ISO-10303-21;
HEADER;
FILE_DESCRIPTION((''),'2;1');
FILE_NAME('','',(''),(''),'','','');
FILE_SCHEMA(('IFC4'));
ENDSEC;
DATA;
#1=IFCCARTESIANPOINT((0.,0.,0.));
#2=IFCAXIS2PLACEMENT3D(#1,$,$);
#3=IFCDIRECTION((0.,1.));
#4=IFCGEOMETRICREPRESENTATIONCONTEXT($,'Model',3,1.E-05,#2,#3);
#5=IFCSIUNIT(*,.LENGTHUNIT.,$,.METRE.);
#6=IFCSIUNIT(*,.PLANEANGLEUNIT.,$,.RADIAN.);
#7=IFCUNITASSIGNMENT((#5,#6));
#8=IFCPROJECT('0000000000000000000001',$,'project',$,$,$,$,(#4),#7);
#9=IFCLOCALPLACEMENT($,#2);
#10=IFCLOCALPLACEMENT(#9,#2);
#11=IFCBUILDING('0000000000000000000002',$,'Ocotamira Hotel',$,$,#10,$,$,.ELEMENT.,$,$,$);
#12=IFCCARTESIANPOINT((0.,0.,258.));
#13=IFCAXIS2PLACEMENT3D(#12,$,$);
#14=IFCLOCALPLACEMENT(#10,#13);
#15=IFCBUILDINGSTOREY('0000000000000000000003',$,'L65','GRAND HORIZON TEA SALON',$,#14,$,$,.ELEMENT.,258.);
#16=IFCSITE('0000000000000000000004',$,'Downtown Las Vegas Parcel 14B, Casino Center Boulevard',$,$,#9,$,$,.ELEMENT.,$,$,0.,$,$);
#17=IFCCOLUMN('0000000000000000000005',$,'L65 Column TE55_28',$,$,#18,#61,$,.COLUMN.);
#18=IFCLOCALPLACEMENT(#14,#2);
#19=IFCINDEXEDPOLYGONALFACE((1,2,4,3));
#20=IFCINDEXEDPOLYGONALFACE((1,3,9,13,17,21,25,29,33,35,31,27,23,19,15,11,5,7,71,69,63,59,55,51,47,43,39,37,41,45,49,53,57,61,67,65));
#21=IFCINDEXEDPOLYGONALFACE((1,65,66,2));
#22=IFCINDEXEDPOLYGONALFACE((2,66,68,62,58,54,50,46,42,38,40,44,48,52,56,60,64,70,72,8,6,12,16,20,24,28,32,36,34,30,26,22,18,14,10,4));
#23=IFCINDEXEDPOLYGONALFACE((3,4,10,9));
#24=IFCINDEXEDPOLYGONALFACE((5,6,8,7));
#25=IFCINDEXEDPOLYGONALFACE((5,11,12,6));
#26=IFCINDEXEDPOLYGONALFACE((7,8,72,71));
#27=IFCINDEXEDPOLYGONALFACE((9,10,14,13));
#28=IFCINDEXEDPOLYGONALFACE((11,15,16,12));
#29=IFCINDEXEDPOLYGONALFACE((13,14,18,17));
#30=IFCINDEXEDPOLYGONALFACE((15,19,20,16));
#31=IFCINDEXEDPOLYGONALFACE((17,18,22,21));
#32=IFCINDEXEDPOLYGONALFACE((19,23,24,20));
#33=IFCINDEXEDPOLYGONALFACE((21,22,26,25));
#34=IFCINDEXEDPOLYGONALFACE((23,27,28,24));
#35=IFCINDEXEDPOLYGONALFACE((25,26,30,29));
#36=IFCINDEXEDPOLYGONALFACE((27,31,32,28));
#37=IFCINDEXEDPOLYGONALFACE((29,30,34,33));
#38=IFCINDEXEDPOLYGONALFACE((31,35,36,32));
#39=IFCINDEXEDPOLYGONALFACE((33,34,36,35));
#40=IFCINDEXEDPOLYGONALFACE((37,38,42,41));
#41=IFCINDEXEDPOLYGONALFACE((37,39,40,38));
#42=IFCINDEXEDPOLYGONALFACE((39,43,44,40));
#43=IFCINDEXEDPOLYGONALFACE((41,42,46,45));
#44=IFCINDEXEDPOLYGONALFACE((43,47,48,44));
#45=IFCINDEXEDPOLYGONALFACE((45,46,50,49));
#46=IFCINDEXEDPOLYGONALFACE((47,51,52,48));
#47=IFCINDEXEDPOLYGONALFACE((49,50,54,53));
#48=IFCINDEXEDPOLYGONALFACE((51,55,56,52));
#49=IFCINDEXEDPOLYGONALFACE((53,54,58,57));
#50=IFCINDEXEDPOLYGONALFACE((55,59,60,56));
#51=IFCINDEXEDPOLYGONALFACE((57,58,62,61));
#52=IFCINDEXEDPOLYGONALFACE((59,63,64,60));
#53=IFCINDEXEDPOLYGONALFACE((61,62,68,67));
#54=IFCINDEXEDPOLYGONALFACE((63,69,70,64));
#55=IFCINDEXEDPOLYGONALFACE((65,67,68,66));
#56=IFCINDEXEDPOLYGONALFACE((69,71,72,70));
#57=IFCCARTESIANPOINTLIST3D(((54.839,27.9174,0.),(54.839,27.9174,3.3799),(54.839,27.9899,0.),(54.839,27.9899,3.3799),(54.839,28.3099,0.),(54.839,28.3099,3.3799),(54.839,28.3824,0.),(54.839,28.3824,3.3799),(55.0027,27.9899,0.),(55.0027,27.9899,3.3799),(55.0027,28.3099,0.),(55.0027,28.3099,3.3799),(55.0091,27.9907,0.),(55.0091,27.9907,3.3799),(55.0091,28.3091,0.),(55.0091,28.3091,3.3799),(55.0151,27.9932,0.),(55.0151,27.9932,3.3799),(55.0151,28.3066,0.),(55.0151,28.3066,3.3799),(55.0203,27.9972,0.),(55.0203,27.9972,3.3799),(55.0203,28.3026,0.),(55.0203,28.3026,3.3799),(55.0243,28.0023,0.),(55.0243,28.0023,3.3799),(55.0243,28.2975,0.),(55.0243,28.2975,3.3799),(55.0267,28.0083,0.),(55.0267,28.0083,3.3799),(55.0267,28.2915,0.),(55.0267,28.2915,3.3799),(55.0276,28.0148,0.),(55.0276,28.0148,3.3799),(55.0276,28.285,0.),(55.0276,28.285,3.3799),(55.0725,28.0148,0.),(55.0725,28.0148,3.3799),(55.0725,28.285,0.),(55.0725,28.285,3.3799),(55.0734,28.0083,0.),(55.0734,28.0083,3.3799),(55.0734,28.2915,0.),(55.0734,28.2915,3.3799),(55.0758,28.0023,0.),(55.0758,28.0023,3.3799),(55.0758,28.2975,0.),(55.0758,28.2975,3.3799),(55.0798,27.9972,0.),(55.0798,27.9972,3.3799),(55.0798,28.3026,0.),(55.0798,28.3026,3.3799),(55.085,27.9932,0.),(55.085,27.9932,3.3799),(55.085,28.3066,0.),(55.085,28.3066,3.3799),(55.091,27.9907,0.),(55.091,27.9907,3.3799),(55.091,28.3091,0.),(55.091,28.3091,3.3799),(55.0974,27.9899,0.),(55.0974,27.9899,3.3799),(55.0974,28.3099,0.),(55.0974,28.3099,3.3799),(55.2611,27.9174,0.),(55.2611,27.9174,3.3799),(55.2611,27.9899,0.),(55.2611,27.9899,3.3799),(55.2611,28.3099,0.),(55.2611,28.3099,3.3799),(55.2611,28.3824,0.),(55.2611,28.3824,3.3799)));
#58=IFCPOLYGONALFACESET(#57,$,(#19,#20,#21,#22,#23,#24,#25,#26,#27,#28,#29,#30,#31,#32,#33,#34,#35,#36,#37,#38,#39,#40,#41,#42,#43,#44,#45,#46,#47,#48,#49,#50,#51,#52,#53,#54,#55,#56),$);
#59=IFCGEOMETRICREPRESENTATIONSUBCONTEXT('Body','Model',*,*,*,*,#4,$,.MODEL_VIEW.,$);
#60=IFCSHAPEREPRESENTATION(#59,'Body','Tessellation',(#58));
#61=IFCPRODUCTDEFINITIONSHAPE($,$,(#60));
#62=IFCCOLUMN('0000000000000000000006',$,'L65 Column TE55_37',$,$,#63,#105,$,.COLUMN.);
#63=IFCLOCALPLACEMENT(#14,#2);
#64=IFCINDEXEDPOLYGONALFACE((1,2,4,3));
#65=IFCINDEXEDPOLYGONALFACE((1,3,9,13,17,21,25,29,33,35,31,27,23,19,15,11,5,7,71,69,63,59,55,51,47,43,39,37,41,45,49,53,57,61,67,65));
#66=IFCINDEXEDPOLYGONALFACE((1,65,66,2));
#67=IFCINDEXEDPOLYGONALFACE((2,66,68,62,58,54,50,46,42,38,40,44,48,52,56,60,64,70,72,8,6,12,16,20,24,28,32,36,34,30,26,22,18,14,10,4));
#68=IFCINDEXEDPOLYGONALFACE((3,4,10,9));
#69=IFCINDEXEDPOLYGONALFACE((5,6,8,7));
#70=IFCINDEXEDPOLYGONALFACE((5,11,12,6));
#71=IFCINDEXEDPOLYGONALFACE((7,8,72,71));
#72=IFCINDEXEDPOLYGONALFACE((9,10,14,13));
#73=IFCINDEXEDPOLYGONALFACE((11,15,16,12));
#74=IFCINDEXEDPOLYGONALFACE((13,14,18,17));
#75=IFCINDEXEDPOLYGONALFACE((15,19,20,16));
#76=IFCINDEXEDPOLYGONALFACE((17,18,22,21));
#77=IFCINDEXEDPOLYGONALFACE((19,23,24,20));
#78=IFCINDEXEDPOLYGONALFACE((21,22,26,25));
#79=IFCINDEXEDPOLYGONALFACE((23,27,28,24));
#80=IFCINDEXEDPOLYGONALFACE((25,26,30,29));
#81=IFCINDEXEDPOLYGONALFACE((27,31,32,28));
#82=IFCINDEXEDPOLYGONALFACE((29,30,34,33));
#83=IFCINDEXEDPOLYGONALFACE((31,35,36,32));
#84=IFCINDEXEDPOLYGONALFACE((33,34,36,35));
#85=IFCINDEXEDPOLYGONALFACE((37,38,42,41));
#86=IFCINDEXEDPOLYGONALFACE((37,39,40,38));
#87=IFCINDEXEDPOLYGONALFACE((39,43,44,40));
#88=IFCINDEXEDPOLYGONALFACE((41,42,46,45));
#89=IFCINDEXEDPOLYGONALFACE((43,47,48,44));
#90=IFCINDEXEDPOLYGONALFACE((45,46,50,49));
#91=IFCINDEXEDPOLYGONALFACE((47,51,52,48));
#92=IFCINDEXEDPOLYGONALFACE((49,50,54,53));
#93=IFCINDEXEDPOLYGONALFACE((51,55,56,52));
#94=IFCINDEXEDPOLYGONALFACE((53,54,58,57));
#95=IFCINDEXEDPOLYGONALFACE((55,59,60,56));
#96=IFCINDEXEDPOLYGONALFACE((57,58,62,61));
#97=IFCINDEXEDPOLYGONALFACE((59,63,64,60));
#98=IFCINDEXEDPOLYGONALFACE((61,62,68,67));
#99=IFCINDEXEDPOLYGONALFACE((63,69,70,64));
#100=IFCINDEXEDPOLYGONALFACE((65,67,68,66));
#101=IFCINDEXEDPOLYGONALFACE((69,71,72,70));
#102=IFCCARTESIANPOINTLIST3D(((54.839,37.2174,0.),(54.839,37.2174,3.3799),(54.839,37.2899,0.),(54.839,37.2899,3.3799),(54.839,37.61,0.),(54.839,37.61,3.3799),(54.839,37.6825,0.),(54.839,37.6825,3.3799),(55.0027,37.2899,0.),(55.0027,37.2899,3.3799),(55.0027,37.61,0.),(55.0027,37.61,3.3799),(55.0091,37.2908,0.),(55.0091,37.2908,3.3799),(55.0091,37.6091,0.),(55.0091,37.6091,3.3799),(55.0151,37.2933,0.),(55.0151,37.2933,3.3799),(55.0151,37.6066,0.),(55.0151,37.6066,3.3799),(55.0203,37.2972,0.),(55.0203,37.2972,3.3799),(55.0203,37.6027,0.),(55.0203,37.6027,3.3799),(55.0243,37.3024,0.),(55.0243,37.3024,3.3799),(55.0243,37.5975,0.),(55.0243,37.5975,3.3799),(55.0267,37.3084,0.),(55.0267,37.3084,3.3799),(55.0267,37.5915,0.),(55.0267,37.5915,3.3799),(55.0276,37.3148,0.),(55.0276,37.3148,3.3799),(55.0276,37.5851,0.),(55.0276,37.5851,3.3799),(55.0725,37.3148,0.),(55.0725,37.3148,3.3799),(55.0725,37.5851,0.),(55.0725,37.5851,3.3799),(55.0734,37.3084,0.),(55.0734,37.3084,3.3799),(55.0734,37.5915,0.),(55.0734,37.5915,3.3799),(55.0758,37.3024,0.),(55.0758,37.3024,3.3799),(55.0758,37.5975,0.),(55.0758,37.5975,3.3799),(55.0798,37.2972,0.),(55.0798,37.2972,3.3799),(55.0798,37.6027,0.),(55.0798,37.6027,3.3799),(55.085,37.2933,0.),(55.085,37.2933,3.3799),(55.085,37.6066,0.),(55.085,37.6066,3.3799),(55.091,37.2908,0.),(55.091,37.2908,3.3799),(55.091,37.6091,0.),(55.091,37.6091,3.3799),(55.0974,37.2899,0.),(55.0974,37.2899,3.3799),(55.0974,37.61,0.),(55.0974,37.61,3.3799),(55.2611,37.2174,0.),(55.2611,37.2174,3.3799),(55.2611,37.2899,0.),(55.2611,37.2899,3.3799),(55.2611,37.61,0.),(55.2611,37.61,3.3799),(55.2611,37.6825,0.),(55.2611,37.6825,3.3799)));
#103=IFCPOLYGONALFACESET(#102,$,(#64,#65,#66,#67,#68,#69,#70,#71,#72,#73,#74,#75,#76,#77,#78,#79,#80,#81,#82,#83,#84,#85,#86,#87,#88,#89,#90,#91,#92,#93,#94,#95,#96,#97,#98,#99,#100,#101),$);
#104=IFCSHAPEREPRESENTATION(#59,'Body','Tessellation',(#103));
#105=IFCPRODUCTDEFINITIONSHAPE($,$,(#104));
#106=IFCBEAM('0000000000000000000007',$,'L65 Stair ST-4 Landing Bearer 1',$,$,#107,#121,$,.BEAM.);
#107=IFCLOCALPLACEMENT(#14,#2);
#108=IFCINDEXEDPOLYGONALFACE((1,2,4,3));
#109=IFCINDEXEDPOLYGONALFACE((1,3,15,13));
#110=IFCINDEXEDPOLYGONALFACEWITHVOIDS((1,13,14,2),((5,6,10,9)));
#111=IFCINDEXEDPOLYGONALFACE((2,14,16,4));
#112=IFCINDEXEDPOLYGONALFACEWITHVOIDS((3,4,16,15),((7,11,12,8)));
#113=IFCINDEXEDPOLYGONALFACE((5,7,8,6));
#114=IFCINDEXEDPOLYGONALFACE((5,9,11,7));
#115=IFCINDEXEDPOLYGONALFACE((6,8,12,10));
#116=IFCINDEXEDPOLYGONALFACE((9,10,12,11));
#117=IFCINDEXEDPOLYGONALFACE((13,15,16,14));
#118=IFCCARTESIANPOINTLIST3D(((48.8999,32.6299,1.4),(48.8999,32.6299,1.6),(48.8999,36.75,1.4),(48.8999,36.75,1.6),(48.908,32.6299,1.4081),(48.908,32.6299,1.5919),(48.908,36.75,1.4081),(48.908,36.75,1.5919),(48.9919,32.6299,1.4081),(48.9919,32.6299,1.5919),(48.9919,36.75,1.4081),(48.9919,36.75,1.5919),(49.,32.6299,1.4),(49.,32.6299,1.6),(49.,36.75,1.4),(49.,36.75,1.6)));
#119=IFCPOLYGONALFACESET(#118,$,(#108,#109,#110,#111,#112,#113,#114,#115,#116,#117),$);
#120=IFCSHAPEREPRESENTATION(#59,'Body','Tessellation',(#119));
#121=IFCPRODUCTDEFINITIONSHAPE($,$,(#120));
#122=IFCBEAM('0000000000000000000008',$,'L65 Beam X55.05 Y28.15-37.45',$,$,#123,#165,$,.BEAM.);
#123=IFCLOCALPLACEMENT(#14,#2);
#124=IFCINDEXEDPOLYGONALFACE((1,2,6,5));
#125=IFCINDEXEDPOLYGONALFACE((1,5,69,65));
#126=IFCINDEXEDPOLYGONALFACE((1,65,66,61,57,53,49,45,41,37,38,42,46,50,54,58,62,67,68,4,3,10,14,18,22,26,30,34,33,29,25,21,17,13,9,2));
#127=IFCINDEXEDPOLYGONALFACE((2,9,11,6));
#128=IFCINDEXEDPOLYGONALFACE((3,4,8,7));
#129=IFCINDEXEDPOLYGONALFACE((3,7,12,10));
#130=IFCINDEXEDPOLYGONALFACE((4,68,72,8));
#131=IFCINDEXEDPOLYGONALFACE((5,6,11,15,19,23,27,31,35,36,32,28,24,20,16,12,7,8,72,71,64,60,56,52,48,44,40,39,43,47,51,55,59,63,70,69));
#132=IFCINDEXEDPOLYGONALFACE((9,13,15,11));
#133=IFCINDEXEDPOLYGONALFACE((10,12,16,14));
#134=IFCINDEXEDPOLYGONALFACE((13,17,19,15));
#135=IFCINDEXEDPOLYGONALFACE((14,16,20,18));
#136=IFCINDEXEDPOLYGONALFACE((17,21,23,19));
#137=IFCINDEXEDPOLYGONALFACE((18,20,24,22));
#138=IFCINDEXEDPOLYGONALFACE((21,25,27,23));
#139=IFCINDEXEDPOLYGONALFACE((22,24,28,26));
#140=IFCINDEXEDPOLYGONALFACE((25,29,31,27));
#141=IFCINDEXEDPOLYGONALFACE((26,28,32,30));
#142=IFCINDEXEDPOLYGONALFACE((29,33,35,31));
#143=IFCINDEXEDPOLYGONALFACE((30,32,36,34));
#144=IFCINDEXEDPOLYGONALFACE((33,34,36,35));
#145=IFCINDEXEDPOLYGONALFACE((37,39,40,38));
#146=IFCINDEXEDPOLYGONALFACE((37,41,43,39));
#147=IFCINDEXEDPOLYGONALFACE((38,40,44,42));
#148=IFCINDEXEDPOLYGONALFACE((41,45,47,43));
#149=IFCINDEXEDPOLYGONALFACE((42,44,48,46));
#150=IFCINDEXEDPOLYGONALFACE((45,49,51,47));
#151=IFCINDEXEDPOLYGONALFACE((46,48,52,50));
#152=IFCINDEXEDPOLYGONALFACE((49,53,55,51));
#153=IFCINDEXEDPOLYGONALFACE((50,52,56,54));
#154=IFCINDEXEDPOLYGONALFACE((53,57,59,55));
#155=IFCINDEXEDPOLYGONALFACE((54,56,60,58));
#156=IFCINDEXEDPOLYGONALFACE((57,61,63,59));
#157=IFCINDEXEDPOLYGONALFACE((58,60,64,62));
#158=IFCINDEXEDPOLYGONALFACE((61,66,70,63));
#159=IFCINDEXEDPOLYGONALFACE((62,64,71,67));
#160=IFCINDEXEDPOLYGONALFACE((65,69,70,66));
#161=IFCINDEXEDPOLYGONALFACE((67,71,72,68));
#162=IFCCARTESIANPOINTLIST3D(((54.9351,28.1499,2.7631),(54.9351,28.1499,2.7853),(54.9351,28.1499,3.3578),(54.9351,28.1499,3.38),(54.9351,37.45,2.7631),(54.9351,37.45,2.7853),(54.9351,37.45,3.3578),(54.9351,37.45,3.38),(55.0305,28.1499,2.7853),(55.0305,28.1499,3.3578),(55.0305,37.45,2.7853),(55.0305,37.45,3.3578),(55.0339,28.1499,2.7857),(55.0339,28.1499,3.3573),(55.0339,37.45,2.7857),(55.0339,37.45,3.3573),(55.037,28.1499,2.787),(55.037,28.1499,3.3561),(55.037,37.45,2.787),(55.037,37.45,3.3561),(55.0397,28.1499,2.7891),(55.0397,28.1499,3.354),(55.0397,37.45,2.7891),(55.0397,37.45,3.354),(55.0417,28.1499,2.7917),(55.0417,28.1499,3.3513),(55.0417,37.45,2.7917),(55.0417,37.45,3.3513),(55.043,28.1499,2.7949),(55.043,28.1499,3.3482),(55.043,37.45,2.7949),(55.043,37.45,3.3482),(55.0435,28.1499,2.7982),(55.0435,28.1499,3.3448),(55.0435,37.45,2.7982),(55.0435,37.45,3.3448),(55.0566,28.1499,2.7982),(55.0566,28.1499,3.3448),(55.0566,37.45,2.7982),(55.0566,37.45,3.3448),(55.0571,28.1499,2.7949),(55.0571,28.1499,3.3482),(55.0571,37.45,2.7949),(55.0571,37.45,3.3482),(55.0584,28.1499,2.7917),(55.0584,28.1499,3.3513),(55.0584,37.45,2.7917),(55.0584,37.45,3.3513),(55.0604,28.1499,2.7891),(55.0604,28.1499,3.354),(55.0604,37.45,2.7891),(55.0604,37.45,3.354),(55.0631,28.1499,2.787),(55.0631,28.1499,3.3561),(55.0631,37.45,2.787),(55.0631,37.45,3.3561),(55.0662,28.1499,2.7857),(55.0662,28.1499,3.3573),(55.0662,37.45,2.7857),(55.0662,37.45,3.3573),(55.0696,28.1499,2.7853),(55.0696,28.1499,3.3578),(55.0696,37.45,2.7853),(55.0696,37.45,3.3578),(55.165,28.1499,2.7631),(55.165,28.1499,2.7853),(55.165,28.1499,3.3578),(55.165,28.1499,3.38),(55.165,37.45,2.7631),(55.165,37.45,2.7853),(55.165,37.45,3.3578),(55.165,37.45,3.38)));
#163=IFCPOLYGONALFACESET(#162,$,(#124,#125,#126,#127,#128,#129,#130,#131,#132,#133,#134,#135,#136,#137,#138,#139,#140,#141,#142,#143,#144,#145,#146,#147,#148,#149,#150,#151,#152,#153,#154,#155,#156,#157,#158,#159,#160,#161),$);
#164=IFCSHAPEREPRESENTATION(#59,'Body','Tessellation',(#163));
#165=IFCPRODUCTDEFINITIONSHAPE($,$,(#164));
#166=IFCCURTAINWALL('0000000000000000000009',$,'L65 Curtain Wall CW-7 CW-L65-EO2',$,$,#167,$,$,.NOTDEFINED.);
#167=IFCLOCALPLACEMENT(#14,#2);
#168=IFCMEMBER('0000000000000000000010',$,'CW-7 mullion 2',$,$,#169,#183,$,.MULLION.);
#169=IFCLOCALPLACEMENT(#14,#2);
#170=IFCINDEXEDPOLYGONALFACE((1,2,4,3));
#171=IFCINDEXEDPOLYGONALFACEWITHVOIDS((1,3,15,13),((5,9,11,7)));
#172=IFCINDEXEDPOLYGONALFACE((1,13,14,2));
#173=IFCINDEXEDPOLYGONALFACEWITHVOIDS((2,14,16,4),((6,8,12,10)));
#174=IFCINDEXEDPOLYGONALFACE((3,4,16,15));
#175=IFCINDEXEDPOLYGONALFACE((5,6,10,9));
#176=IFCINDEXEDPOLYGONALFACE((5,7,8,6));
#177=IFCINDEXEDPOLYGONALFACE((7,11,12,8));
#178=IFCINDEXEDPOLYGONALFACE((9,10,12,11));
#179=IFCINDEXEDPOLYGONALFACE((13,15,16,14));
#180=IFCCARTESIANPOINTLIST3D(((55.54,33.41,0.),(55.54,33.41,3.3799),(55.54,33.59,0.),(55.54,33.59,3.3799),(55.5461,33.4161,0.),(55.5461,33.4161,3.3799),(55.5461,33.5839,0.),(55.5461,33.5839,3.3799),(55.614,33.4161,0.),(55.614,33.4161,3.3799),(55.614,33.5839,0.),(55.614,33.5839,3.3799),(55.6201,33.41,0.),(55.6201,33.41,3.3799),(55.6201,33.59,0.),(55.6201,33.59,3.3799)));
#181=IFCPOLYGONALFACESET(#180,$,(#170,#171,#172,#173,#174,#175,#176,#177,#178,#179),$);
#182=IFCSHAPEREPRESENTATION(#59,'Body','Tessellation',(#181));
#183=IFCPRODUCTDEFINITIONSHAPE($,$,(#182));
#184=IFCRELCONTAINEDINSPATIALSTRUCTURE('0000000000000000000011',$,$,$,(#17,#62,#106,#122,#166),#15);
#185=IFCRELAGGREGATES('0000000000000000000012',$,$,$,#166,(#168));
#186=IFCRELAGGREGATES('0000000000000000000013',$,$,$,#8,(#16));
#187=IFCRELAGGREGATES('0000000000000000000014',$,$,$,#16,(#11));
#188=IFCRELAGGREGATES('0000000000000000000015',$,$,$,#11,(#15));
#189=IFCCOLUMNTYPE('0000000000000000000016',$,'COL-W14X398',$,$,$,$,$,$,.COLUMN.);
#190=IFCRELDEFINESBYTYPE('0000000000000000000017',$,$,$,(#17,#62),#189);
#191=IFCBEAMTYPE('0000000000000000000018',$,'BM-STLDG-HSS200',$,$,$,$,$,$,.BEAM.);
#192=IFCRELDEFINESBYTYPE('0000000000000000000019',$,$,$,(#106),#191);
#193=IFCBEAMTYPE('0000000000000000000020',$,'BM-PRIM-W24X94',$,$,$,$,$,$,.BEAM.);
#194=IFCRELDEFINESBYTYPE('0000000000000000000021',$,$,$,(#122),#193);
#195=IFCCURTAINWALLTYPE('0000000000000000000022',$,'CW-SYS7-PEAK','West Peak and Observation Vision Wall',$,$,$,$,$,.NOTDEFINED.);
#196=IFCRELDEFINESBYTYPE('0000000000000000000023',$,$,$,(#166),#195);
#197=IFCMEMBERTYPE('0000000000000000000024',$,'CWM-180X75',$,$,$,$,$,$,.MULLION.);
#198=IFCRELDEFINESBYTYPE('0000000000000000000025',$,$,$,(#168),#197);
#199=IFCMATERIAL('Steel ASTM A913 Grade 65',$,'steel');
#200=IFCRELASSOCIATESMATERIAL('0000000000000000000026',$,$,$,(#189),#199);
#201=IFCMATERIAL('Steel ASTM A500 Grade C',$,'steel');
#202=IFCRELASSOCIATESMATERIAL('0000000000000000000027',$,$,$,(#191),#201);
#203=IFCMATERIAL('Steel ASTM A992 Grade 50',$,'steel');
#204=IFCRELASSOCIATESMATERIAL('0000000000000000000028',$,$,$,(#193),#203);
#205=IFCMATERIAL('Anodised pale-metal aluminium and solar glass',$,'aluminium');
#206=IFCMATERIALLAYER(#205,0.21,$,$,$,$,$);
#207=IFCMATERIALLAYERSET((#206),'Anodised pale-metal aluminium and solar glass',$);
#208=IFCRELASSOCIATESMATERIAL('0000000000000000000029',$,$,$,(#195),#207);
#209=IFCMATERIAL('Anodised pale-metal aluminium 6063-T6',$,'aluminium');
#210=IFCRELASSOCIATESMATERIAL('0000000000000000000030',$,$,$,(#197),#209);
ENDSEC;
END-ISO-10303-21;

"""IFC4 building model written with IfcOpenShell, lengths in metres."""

from ifc_helpers import new_model, si_unit, direction, frame, origin, origin_2d, place, context, subcontext, project, spatial, hollow_rectangle, i_section, extrude, source, transform, mapped, material, layer, layer_set, material_profile, profile_set, type_object, element, aggregate, save


model = new_model("IFC4")

# Units and contexts
model_context = context("Model", 3, precision=1e-05, world=origin(), true_north=direction((0.0, 1.0)))
body_context = subcontext(model_context, "Body", "Model", "MODEL_VIEW")
ifc_project = project(units=[si_unit("LENGTHUNIT", "METRE"), si_unit("PLANEANGLEUNIT", "RADIAN")], contexts=[model_context])

# Site, building, storey
site_placement = place(None, origin())
site = spatial("IfcSite", under=ifc_project, at=site_placement, Name="Downtown Las Vegas Parcel 14B, Casino Center Boulevard", CompositionType="ELEMENT", RefElevation=0.0)
building_placement = place(site_placement, origin())
building = spatial("IfcBuilding", under=site, at=building_placement, Name="Ocotamira Hotel", CompositionType="ELEMENT")
storey_placement = place(building_placement, frame((0.0, 0.0, 258.0)))
storey = spatial("IfcBuildingStorey", under=building, at=storey_placement, Name="L65", Description="GRAND HORIZON TEA SALON", CompositionType="ELEMENT", Elevation=258.0)

# Columns
ifc_material_1 = material(Name="Steel ASTM A913 Grade 65", Category="steel")
ifc_material_profile_1 = material_profile(ifc_material_1, i_section(OverallWidth=0.4221, OverallDepth=0.4651, WebThickness=0.0449, FlangeThickness=0.0725, FilletRadius=0.0249, at=origin_2d()), Name="W14X398")
ifc_profile_set_1 = profile_set([ifc_material_profile_1], Name="Steel ASTM A913 Grade 65")
column_type = type_object("IfcColumnType", Name="COL-W14X398", PredefinedType="COLUMN", material=ifc_profile_set_1)
shared_shape_1 = source(origin(), body_context, "Body", "SweptSolid", [
    extrude(i_section(OverallWidth=0.4221, OverallDepth=0.4651, WebThickness=0.0449, FlangeThickness=0.0725, FilletRadius=0.0249, at=origin_2d()), origin(), (0.0, 0.0, 1.0), 3.3799),
])
for number, where, z_axis, x_axis, name in (
    (1, (55.05, 28.1499, 0.0), (0.0, 0.0, 1.0), (1.0, 0.0, 0.0), "L65 Column TE55_28"),
    (2, (55.05, 37.45, 0.0), (0.0, 0.0, 1.0), (1.0, 0.0, 0.0), "L65 Column TE55_37"),
):
    element("IfcColumn", number, at=place(storey_placement, frame(where, z_axis=z_axis, x_axis=x_axis)), inside=storey, type_object=column_type, Name=name, PredefinedType="COLUMN", context=body_context, shape_type="MappedRepresentation", body=[
        mapped(shared_shape_1, transform((0.0, 0.0, 0.0), scale=1.0)),
    ])

# Beams
ifc_material_2 = material(Name="Steel ASTM A500 Grade C", Category="steel")
ifc_material_profile_2 = material_profile(ifc_material_2, hollow_rectangle(XDim=0.1001, YDim=0.2, WallThickness=0.0081, at=origin_2d()), Name="HSS200X100X8")
ifc_profile_set_2 = profile_set([ifc_material_profile_2], Name="Steel ASTM A500 Grade C")
beam_type_1 = type_object("IfcBeamType", Name="BM-STLDG-HSS200", PredefinedType="BEAM", material=ifc_profile_set_2)
shared_shape_2 = source(origin(), body_context, "Body", "SweptSolid", [
    extrude(hollow_rectangle(XDim=0.1001, YDim=0.2, WallThickness=0.0081, at=origin_2d()), origin(), (0.0, 0.0, 1.0), 4.1201),
])
beam_1_placement = place(storey_placement, frame((48.95, 32.6299, 1.5), z_axis=(0.0, 1.0, 0.0), x_axis=(-1.0, 0.0, 0.0)))
element("IfcBeam", 3, at=beam_1_placement, inside=storey, type_object=beam_type_1, Name="L65 Stair ST-4 Landing Bearer 1", PredefinedType="BEAM", context=body_context, shape_type="MappedRepresentation", body=[
    mapped(shared_shape_2, transform((0.0, 0.0, 0.0), scale=1.0)),
])
ifc_material_3 = material(Name="Steel ASTM A992 Grade 50", Category="steel")
ifc_material_profile_3 = material_profile(ifc_material_3, i_section(OverallWidth=0.23, OverallDepth=0.6169, WebThickness=0.0132, FlangeThickness=0.0222, FilletRadius=0.0129, at=origin_2d()), Name="W24X94")
ifc_profile_set_3 = profile_set([ifc_material_profile_3], Name="Steel ASTM A992 Grade 50")
beam_type_2 = type_object("IfcBeamType", Name="BM-PRIM-W24X94", PredefinedType="BEAM", material=ifc_profile_set_3)
shared_shape_3 = source(origin(), body_context, "Body", "SweptSolid", [
    extrude(i_section(OverallWidth=0.23, OverallDepth=0.6169, WebThickness=0.0132, FlangeThickness=0.0222, FilletRadius=0.0129, at=origin_2d()), origin(), (0.0, 0.0, 1.0), 9.3),
])
beam_2_placement = place(storey_placement, frame((55.05, 28.1499, 3.0715), z_axis=(0.0, 1.0, 0.0), x_axis=(-1.0, 0.0, 0.0)))
element("IfcBeam", 4, at=beam_2_placement, inside=storey, type_object=beam_type_2, Name="L65 Beam X55.05 Y28.15-37.45", PredefinedType="BEAM", context=body_context, shape_type="MappedRepresentation", body=[
    mapped(shared_shape_3, transform((0.0, 0.0, 0.0), scale=1.0)),
])

# Curtain wall, member
ifc_material_4 = material(Name="Anodised pale-metal aluminium and solar glass", Category="aluminium")
ifc_layer_1 = layer(ifc_material_4, 0.21)
ifc_layer_set_1 = layer_set([ifc_layer_1], Name="Anodised pale-metal aluminium and solar glass")
curtain_wall_type = type_object("IfcCurtainWallType", Name="CW-SYS7-PEAK", Description="West Peak and Observation Vision Wall", PredefinedType="NOTDEFINED", material=ifc_layer_set_1)
curtain_wall_placement = place(storey_placement, origin())
curtain_wall = element("IfcCurtainWall", 5, at=curtain_wall_placement, inside=storey, type_object=curtain_wall_type, Name="L65 Curtain Wall CW-7 CW-L65-EO2", PredefinedType="NOTDEFINED")
ifc_material_5 = material(Name="Anodised pale-metal aluminium 6063-T6", Category="aluminium")
ifc_material_profile_4 = material_profile(ifc_material_5, hollow_rectangle(XDim=0.0801, YDim=0.1799, WallThickness=0.0061, at=origin_2d()), Name="HSS180X80X6")
ifc_profile_set_4 = profile_set([ifc_material_profile_4], Name="Anodised pale-metal aluminium 6063-T6")
member_type_1 = type_object("IfcMemberType", Name="CWM-180X75", PredefinedType="MULLION", material=ifc_profile_set_4)
shared_shape_4 = source(origin(), body_context, "Body", "SweptSolid", [
    extrude(hollow_rectangle(XDim=0.0801, YDim=0.1799, WallThickness=0.0061, at=origin_2d()), origin(), (0.0, 0.0, 1.0), 3.3799),
])
member_1_placement = place(storey_placement, frame((55.5801, 33.5, 0.0), z_axis=(0.0, 0.0, 1.0), x_axis=(-1.0, 0.0, 0.0)))
member_1 = element("IfcMember", 6, at=member_1_placement, type_object=member_type_1, Name="CW-7 mullion 2", PredefinedType="MULLION", context=body_context, shape_type="MappedRepresentation", body=[
    mapped(shared_shape_4, transform((0.0, 0.0, 0.0), scale=1.0)),
])
aggregate(curtain_wall, [member_1])

save(model, "model.ifc")
